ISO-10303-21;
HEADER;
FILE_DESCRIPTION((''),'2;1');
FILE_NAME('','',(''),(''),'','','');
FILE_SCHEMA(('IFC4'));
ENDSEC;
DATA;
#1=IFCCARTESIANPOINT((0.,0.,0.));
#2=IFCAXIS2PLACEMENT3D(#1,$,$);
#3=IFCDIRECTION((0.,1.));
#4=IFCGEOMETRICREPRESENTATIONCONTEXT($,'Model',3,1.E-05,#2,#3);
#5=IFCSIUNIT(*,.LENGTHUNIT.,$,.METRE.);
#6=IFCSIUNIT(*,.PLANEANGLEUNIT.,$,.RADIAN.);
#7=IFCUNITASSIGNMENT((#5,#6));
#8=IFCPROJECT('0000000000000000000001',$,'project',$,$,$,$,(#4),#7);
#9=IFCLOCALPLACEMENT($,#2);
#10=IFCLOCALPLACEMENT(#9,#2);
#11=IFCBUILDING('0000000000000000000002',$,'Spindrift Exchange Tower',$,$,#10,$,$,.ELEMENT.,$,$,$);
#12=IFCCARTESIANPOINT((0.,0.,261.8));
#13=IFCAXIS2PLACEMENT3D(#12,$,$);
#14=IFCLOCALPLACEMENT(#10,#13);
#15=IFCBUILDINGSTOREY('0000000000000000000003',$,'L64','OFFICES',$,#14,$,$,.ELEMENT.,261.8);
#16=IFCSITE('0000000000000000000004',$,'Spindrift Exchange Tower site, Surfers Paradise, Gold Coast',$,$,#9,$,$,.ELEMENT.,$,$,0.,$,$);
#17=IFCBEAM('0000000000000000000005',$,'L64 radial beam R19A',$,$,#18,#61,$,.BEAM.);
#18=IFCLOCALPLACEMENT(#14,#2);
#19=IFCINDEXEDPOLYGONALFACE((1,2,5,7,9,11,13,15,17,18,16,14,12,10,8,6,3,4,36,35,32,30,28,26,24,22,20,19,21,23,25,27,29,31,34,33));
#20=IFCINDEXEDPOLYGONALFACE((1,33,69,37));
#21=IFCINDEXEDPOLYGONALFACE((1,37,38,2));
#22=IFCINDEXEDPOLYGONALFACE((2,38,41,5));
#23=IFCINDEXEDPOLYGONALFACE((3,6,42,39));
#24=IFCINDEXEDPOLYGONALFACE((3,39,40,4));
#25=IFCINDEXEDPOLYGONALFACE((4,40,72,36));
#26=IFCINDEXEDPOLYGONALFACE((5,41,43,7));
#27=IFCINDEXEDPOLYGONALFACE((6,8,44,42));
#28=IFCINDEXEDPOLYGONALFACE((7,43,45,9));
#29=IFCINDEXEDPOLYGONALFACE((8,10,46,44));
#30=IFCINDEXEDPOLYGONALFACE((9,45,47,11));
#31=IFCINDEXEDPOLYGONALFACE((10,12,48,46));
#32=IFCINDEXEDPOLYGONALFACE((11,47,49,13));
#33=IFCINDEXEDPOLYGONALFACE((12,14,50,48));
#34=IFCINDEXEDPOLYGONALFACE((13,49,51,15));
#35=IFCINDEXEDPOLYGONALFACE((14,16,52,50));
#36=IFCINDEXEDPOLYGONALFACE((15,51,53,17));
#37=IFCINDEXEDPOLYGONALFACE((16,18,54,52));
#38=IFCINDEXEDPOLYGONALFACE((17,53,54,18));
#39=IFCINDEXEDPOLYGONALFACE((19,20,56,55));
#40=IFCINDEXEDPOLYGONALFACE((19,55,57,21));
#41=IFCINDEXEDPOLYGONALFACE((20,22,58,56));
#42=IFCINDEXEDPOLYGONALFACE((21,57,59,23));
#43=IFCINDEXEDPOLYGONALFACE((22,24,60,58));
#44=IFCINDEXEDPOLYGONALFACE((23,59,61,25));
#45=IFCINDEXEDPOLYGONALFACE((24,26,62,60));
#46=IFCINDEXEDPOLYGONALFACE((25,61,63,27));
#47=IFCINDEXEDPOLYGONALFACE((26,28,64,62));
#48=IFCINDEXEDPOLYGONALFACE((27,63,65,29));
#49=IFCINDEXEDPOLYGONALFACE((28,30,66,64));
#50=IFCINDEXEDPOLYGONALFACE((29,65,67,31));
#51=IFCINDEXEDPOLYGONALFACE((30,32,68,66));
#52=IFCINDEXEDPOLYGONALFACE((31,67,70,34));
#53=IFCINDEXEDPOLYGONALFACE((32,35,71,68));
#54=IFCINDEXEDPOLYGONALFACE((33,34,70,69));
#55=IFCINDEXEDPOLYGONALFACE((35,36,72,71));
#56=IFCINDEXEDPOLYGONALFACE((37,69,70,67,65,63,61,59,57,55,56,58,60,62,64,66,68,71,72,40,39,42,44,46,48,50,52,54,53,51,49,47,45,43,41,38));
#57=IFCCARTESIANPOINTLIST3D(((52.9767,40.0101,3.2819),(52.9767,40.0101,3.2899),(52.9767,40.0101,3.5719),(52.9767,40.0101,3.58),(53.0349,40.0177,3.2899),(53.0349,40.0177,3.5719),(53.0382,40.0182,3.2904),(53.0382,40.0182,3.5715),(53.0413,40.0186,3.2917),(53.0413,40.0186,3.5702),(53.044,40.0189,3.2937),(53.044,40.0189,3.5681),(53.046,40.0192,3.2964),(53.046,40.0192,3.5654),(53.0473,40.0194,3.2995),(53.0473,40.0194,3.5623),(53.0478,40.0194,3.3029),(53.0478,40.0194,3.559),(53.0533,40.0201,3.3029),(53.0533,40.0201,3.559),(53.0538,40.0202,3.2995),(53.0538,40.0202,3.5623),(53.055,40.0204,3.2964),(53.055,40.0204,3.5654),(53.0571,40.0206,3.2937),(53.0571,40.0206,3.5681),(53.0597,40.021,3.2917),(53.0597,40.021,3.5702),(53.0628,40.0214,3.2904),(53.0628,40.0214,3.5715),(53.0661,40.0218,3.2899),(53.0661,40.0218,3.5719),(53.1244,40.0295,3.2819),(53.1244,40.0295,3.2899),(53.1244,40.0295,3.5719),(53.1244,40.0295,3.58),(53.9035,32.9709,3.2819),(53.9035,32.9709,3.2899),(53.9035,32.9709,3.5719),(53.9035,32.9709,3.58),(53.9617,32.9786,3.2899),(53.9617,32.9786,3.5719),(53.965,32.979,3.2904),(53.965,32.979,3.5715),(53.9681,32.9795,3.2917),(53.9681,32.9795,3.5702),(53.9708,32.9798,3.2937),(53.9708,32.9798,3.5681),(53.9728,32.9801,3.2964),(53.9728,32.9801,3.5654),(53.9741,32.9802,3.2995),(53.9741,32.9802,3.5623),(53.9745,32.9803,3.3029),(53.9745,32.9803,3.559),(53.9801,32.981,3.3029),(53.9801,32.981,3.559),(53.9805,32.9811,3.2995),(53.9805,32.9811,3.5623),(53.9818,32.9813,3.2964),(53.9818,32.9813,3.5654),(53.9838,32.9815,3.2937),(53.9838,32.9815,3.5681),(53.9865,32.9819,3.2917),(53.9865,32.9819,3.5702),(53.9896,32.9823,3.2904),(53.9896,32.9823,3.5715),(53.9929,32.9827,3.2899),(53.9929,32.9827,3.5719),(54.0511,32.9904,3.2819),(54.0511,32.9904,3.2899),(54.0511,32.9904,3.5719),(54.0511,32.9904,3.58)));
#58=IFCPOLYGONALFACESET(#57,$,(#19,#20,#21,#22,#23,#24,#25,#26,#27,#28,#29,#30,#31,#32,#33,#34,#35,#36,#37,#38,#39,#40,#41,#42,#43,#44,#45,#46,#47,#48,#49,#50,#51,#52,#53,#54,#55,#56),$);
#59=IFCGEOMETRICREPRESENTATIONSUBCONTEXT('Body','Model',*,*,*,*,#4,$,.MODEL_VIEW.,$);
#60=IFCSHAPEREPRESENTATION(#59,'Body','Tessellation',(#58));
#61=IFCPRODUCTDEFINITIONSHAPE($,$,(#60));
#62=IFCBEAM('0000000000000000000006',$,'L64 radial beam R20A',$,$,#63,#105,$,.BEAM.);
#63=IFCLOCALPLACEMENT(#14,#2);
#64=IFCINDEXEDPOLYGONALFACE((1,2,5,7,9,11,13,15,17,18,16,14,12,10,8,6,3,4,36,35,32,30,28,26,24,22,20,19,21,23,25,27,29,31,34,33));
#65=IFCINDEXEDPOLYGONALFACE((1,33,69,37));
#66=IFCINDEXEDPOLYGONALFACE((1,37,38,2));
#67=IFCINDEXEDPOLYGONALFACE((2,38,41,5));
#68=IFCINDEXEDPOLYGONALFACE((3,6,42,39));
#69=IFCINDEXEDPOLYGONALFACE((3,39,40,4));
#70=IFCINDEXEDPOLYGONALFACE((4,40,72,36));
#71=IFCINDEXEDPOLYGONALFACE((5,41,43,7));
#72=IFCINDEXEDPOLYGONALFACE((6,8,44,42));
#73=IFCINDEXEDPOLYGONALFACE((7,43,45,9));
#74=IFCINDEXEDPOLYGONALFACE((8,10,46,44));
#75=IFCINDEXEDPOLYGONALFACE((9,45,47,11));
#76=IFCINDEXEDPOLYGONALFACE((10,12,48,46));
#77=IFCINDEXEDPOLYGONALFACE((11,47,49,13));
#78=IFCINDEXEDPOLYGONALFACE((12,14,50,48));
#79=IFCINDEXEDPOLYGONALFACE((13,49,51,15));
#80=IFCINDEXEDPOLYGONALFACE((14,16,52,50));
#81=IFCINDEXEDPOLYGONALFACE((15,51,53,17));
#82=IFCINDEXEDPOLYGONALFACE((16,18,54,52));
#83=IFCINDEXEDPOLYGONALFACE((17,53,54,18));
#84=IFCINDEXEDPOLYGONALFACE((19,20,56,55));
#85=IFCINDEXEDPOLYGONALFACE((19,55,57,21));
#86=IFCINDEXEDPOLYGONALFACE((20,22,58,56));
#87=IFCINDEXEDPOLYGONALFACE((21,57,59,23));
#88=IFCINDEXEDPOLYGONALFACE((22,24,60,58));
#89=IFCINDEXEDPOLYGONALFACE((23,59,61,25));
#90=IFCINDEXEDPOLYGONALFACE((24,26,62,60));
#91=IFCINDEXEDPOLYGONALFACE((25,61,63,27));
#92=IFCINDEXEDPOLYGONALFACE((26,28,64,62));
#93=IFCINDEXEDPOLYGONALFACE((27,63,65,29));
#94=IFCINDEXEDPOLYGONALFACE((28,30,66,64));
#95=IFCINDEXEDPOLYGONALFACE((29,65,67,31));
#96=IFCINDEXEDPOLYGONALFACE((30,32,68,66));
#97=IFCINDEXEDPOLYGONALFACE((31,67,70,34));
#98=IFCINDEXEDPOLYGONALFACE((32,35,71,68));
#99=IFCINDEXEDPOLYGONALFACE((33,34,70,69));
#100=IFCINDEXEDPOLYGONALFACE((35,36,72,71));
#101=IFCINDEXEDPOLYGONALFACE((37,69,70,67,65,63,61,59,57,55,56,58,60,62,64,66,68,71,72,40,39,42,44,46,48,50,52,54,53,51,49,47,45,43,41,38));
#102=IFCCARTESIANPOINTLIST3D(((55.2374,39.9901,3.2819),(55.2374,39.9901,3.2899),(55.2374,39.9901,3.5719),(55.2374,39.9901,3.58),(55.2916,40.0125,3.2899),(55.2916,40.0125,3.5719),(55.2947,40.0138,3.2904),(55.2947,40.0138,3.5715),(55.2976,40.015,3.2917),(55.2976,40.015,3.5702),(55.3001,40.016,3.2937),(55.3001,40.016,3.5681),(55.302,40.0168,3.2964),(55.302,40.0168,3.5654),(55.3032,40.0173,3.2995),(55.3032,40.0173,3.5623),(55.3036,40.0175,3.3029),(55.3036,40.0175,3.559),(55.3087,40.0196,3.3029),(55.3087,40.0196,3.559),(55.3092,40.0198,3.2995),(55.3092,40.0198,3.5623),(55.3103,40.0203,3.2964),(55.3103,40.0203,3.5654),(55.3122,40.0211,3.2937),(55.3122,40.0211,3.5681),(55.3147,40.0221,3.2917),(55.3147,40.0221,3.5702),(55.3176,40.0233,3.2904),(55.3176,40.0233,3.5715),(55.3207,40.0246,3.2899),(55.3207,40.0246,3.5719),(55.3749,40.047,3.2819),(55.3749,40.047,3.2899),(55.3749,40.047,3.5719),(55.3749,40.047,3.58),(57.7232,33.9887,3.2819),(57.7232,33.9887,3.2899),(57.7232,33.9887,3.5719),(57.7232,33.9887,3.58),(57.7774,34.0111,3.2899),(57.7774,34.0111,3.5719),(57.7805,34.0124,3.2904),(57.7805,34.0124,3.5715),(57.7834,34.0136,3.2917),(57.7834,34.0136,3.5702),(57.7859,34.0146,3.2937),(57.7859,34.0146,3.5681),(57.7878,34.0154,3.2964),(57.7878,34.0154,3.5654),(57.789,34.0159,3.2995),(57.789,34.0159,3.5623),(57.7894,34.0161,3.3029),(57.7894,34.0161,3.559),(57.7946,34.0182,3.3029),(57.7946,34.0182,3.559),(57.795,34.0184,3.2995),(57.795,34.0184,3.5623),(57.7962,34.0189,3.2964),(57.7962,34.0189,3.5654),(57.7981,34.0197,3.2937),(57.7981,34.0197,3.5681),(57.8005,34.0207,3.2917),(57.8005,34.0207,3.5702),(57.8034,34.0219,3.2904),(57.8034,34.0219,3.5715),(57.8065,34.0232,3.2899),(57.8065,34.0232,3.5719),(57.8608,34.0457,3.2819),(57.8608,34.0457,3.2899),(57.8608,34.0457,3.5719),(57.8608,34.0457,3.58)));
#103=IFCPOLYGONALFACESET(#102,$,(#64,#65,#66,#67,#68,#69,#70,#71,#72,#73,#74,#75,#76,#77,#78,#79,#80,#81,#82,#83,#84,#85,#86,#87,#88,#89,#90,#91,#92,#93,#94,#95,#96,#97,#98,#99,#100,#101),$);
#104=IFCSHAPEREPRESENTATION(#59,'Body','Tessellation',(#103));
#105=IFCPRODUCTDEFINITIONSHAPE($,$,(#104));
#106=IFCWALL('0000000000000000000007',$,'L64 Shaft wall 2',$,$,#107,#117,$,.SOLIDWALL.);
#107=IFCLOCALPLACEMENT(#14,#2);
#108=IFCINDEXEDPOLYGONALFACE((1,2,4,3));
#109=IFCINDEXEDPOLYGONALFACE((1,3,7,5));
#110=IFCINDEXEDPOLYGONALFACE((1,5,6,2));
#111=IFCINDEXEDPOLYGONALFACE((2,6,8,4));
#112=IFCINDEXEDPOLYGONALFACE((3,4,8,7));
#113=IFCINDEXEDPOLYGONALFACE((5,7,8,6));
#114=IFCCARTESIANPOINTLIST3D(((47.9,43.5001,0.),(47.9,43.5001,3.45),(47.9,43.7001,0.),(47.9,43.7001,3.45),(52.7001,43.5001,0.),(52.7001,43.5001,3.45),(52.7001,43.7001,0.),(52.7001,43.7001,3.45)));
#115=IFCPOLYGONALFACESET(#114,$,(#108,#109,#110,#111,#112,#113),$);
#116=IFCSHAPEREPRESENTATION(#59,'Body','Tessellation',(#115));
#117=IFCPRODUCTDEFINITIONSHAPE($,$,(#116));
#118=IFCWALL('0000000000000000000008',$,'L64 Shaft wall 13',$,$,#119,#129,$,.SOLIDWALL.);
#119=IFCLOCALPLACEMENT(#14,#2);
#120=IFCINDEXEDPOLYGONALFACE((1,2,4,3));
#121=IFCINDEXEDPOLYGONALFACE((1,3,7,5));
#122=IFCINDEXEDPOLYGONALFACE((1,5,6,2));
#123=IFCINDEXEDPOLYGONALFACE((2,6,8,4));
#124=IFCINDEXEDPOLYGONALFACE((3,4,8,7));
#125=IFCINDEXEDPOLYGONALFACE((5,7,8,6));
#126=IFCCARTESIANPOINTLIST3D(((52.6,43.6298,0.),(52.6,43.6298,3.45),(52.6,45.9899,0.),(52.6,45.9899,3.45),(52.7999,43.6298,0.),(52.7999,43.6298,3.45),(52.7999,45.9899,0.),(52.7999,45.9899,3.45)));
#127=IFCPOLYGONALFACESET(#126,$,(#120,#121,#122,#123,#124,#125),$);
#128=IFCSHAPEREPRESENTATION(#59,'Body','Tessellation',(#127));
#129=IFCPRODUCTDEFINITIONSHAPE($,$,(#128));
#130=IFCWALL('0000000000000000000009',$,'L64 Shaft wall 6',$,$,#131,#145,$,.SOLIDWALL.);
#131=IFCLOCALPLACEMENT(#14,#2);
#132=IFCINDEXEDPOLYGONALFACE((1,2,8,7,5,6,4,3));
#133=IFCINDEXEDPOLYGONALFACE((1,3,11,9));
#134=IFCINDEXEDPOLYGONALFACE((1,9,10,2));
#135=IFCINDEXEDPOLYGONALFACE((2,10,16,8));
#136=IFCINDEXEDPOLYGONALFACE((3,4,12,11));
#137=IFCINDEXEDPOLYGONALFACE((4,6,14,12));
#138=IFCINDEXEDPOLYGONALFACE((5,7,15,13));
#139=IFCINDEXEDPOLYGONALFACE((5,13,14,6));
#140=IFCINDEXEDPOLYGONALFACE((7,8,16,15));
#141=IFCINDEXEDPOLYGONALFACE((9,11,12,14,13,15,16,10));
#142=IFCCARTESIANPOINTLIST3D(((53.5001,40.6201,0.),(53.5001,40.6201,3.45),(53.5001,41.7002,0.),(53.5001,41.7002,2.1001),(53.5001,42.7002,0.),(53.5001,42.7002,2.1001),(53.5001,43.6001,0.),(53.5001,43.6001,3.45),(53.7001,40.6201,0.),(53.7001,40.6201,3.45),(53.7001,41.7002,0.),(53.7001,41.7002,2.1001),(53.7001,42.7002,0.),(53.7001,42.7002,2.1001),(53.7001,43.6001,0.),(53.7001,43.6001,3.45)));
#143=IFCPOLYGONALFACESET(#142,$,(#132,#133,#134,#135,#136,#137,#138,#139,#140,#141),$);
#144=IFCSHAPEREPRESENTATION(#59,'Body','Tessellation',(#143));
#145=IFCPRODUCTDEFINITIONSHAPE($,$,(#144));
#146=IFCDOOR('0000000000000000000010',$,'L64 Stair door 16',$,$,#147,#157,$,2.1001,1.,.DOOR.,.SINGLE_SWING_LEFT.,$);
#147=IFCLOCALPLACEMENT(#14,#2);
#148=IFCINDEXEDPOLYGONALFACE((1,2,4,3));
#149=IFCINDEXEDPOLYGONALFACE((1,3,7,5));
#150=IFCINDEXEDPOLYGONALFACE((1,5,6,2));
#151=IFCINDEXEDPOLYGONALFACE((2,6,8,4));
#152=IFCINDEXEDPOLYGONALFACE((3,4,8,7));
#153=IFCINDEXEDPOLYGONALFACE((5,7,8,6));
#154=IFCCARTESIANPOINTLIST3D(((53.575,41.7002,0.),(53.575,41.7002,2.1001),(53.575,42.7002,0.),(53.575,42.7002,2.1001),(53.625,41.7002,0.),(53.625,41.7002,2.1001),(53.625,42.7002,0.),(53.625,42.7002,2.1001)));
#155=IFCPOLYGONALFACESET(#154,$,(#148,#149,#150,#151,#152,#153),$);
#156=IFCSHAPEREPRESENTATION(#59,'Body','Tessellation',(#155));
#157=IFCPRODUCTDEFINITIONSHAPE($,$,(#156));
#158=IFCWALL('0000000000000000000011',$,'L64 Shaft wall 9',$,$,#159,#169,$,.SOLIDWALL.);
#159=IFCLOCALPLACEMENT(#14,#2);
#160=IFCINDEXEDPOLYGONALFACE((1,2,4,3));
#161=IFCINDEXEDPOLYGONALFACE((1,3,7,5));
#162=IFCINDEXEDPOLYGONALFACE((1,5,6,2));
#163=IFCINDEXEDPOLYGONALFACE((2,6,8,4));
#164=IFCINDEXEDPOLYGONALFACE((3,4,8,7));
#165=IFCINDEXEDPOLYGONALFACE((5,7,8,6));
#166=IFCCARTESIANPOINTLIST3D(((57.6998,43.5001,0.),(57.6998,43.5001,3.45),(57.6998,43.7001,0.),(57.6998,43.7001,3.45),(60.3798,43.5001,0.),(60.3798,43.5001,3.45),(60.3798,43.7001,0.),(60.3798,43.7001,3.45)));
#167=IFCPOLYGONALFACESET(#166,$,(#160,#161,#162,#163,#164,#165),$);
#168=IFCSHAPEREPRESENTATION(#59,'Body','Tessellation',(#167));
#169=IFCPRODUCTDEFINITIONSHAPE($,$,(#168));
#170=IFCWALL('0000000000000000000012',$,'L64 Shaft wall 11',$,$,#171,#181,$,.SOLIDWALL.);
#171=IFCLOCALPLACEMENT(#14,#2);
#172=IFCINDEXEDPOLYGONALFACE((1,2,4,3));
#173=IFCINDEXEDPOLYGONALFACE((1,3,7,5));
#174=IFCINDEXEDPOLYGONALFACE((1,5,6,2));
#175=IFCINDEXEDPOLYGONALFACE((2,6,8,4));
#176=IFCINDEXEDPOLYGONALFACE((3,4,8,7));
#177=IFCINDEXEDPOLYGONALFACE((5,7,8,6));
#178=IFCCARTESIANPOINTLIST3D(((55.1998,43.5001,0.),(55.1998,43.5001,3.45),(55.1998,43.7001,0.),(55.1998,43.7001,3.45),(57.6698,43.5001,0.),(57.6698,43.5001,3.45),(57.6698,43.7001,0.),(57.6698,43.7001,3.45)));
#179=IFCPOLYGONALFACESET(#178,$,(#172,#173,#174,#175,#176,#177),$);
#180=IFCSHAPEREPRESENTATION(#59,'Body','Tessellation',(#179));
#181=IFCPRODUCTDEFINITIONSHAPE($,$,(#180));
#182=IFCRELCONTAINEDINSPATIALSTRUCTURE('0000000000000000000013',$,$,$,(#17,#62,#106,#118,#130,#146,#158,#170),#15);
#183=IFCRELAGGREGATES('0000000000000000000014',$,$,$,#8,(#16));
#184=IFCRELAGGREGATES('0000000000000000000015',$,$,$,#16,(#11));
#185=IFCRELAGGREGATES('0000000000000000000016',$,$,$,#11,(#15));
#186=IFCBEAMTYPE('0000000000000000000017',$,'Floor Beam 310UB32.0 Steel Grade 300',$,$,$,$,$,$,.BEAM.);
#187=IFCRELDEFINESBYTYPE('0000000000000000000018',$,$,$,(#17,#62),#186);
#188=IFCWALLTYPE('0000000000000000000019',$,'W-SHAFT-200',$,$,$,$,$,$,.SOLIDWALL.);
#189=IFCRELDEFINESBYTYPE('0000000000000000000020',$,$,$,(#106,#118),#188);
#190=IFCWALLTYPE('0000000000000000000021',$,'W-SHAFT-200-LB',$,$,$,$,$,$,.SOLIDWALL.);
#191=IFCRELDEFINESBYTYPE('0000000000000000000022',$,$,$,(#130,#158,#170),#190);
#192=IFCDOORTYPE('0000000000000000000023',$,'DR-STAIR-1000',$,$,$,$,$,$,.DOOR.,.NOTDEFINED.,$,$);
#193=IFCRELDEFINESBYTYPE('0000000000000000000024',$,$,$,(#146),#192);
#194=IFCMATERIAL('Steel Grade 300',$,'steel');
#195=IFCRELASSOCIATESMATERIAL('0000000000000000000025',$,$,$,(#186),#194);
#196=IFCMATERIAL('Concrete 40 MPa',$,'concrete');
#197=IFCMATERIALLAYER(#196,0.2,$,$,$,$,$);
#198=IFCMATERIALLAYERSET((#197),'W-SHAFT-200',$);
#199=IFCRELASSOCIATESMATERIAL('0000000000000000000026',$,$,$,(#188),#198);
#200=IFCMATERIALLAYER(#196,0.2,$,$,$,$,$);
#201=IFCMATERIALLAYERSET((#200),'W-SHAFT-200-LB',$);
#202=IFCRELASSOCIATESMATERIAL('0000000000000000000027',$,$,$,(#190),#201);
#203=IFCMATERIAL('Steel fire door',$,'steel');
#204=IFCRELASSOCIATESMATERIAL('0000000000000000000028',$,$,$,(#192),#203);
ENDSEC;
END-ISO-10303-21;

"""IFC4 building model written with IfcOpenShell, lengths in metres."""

from ifc_helpers import new_model, si_unit, direction, frame, frame_2d, origin, origin_2d, place, context, subcontext, project, spatial, rectangle, i_section, extrude, source, transform, mapped, material, layer, layer_set, material_profile, profile_set, type_object, element, fill, save


model = new_model("IFC4")

# Units and contexts
model_context = context("Model", 3, precision=1e-05, world=origin(), true_north=direction((0.0, 1.0)))
body_context = subcontext(model_context, "Body", "Model", "MODEL_VIEW")
ifc_project = project(units=[si_unit("LENGTHUNIT", "METRE"), si_unit("PLANEANGLEUNIT", "RADIAN")], contexts=[model_context])

# Site, building, storey
site_placement = place(None, origin())
site = spatial("IfcSite", under=ifc_project, at=site_placement, Name="Spindrift Exchange Tower site, Surfers Paradise, Gold Coast", CompositionType="ELEMENT", RefElevation=0.0)
building_placement = place(site_placement, origin())
building = spatial("IfcBuilding", under=site, at=building_placement, Name="Spindrift Exchange Tower", CompositionType="ELEMENT")
storey_placement = place(building_placement, frame((0.0, 0.0, 261.8)))
storey = spatial("IfcBuildingStorey", under=building, at=storey_placement, Name="L64", Description="OFFICES", CompositionType="ELEMENT", Elevation=261.8)

# Beams
ifc_material_1 = material(Name="Steel Grade 300", Category="steel")
ifc_material_profile = material_profile(ifc_material_1, i_section(OverallWidth=0.1489, OverallDepth=0.2981, WebThickness=0.0056, FlangeThickness=0.0081, FilletRadius=0.0129, at=origin_2d()), Name="310UB32.0")
ifc_profile_set = profile_set([ifc_material_profile], Name="Steel Grade 300")
beam_type = type_object("IfcBeamType", Name="Floor Beam 310UB32.0 Steel Grade 300", PredefinedType="BEAM", material=ifc_profile_set)
shared_shape_1 = source(origin(), body_context, "Body", "SweptSolid", [
    extrude(i_section(OverallWidth=0.1489, OverallDepth=0.2981, WebThickness=0.0056, FlangeThickness=0.0081, FilletRadius=0.0129, at=origin_2d()), origin(), (0.0, 0.0, 1.0), 7.0999),
])
beam_1_placement = place(storey_placement, frame((53.0505, 40.0198, 3.4309), z_axis=(0.130533, -0.991444, 0.0), x_axis=(0.991444, 0.130533, 0.0)))
element("IfcBeam", 1, at=beam_1_placement, inside=storey, type_object=beam_type, Name="L64 radial beam R19A", PredefinedType="BEAM", context=body_context, shape_type="MappedRepresentation", body=[
    mapped(shared_shape_1, transform((0.0, 0.0, 0.0), scale=1.0)),
])
shared_shape_2 = source(origin(), body_context, "Body", "SweptSolid", [
    extrude(i_section(OverallWidth=0.1489, OverallDepth=0.2981, WebThickness=0.0056, FlangeThickness=0.0081, FilletRadius=0.0129, at=origin_2d()), origin(), (0.0, 0.0, 1.0), 6.4958),
])
beam_2_placement = place(storey_placement, frame((55.3062, 40.0186, 3.4309), z_axis=(0.382677, -0.923882, 0.0), x_axis=(0.923882, 0.382677, 0.0)))
element("IfcBeam", 2, at=beam_2_placement, inside=storey, type_object=beam_type, Name="L64 radial beam R20A", PredefinedType="BEAM", context=body_context, shape_type="MappedRepresentation", body=[
    mapped(shared_shape_2, transform((0.0, 0.0, 0.0), scale=1.0)),
])

# Walls
ifc_material_2 = material(Name="Concrete 40 MPa", Category="concrete")
ifc_layer_1 = layer(ifc_material_2, 0.2)
ifc_layer_set_1 = layer_set([ifc_layer_1], Name="W-SHAFT-200")
wall_type_1 = type_object("IfcWallType", Name="W-SHAFT-200", PredefinedType="SOLIDWALL", material=ifc_layer_set_1)
wall_1_placement = place(storey_placement, frame((52.7, 43.6001, 0.0), z_axis=(0.0, 0.0, 1.0), x_axis=(-1.0, 0.0, 0.0)))
element("IfcWall", 3, at=wall_1_placement, inside=storey, type_object=wall_type_1, Name="L64 Shaft wall 2", PredefinedType="SOLIDWALL", context=body_context, shape_type="SweptSolid", body=[
    extrude(rectangle(XDim=4.8, YDim=0.2, at=frame_2d((2.3999, 0.0))), origin(), (0.0, 0.0, 1.0), 3.45),
])
wall_2_placement = place(storey_placement, frame((52.7, 45.99, 0.0), z_axis=(0.0, 0.0, 1.0), x_axis=(0.0, -1.0, 0.0)))
element("IfcWall", 4, at=wall_2_placement, inside=storey, type_object=wall_type_1, Name="L64 Shaft wall 13", PredefinedType="SOLIDWALL", context=body_context, shape_type="SweptSolid", body=[
    extrude(rectangle(XDim=2.3601, YDim=0.2, at=frame_2d((1.1802, 0.0))), origin(), (0.0, 0.0, 1.0), 3.45),
])

# Wall, opening, door
ifc_layer_2 = layer(ifc_material_2, 0.2)
ifc_layer_set_2 = layer_set([ifc_layer_2], Name="W-SHAFT-200-LB")
wall_type_2 = type_object("IfcWallType", Name="W-SHAFT-200-LB", PredefinedType="SOLIDWALL", material=ifc_layer_set_2)
wall_3_placement = place(storey_placement, frame((53.6001, 43.6001, 0.0), z_axis=(0.0, 0.0, 1.0), x_axis=(0.0, -1.0, 0.0)))
wall_3 = element("IfcWall", 5, at=wall_3_placement, inside=storey, type_object=wall_type_2, Name="L64 Shaft wall 6", PredefinedType="SOLIDWALL", context=body_context, shape_type="SweptSolid", body=[
    extrude(rectangle(XDim=2.98, YDim=0.2, at=frame_2d((1.49, 0.0))), origin(), (0.0, 0.0, 1.0), 3.45),
])
opening_placement = place(wall_3_placement, frame((0.8999, 0.0, 0.0)))
opening = element("IfcOpeningElement", 6, at=opening_placement, cuts=wall_3, PredefinedType="OPENING", context=body_context, shape_type="SweptSolid", body=[
    extrude(rectangle(XDim=1.0, YDim=2.1001, at=frame_2d((0.5, 1.05))), frame((0.0, 0.1099, 0.0), z_axis=(0.0, -1.0, 0.0), x_axis=(1.0, 0.0, 0.0)), (0.0, 0.0, 1.0), 0.22),
])
ifc_material_3 = material(Name="Steel fire door", Category="steel")
door_type = type_object("IfcDoorType", Name="DR-STAIR-1000", OperationType="NOTDEFINED", PredefinedType="DOOR", material=ifc_material_3)
shared_shape_3 = source(origin(), body_context, "Body", "SweptSolid", [
    extrude(rectangle(XDim=1.0, YDim=2.1001, at=frame_2d((0.5, 1.05))), frame((0.0, 0.0249, 0.0), z_axis=(0.0, -1.0, 0.0), x_axis=(1.0, 0.0, 0.0)), (0.0, 0.0, 1.0), 0.05),
])
door_placement = place(opening_placement, origin())
door = element("IfcDoor", 7, at=door_placement, inside=storey, type_object=door_type, Name="L64 Stair door 16", OperationType="SINGLE_SWING_LEFT", OverallHeight=2.1001, OverallWidth=1.0, PredefinedType="DOOR", context=body_context, shape_type="MappedRepresentation", body=[
    mapped(shared_shape_3, transform((0.0, 0.0, 0.0), scale=1.0)),
])
fill(opening, door)

# Walls
wall_4_placement = place(storey_placement, frame((57.7, 43.6001, 0.0), z_axis=(0.0, 0.0, 1.0), x_axis=(1.0, 0.0, 0.0)))
element("IfcWall", 8, at=wall_4_placement, inside=storey, type_object=wall_type_2, Name="L64 Shaft wall 9", PredefinedType="SOLIDWALL", context=body_context, shape_type="SweptSolid", body=[
    extrude(rectangle(XDim=2.6799, YDim=0.2, at=frame_2d((1.3398, 0.0))), origin(), (0.0, 0.0, 1.0), 3.45),
])
wall_5_placement = place(storey_placement, frame((55.2, 43.6001, 0.0), z_axis=(0.0, 0.0, 1.0), x_axis=(1.0, 0.0, 0.0)))
element("IfcWall", 9, at=wall_5_placement, inside=storey, type_object=wall_type_2, Name="L64 Shaft wall 11", PredefinedType="SOLIDWALL", context=body_context, shape_type="SweptSolid", body=[
    extrude(rectangle(XDim=2.47, YDim=0.2, at=frame_2d((1.2349, 0.0))), origin(), (0.0, 0.0, 1.0), 3.45),
])

save(model, "model.ifc")
